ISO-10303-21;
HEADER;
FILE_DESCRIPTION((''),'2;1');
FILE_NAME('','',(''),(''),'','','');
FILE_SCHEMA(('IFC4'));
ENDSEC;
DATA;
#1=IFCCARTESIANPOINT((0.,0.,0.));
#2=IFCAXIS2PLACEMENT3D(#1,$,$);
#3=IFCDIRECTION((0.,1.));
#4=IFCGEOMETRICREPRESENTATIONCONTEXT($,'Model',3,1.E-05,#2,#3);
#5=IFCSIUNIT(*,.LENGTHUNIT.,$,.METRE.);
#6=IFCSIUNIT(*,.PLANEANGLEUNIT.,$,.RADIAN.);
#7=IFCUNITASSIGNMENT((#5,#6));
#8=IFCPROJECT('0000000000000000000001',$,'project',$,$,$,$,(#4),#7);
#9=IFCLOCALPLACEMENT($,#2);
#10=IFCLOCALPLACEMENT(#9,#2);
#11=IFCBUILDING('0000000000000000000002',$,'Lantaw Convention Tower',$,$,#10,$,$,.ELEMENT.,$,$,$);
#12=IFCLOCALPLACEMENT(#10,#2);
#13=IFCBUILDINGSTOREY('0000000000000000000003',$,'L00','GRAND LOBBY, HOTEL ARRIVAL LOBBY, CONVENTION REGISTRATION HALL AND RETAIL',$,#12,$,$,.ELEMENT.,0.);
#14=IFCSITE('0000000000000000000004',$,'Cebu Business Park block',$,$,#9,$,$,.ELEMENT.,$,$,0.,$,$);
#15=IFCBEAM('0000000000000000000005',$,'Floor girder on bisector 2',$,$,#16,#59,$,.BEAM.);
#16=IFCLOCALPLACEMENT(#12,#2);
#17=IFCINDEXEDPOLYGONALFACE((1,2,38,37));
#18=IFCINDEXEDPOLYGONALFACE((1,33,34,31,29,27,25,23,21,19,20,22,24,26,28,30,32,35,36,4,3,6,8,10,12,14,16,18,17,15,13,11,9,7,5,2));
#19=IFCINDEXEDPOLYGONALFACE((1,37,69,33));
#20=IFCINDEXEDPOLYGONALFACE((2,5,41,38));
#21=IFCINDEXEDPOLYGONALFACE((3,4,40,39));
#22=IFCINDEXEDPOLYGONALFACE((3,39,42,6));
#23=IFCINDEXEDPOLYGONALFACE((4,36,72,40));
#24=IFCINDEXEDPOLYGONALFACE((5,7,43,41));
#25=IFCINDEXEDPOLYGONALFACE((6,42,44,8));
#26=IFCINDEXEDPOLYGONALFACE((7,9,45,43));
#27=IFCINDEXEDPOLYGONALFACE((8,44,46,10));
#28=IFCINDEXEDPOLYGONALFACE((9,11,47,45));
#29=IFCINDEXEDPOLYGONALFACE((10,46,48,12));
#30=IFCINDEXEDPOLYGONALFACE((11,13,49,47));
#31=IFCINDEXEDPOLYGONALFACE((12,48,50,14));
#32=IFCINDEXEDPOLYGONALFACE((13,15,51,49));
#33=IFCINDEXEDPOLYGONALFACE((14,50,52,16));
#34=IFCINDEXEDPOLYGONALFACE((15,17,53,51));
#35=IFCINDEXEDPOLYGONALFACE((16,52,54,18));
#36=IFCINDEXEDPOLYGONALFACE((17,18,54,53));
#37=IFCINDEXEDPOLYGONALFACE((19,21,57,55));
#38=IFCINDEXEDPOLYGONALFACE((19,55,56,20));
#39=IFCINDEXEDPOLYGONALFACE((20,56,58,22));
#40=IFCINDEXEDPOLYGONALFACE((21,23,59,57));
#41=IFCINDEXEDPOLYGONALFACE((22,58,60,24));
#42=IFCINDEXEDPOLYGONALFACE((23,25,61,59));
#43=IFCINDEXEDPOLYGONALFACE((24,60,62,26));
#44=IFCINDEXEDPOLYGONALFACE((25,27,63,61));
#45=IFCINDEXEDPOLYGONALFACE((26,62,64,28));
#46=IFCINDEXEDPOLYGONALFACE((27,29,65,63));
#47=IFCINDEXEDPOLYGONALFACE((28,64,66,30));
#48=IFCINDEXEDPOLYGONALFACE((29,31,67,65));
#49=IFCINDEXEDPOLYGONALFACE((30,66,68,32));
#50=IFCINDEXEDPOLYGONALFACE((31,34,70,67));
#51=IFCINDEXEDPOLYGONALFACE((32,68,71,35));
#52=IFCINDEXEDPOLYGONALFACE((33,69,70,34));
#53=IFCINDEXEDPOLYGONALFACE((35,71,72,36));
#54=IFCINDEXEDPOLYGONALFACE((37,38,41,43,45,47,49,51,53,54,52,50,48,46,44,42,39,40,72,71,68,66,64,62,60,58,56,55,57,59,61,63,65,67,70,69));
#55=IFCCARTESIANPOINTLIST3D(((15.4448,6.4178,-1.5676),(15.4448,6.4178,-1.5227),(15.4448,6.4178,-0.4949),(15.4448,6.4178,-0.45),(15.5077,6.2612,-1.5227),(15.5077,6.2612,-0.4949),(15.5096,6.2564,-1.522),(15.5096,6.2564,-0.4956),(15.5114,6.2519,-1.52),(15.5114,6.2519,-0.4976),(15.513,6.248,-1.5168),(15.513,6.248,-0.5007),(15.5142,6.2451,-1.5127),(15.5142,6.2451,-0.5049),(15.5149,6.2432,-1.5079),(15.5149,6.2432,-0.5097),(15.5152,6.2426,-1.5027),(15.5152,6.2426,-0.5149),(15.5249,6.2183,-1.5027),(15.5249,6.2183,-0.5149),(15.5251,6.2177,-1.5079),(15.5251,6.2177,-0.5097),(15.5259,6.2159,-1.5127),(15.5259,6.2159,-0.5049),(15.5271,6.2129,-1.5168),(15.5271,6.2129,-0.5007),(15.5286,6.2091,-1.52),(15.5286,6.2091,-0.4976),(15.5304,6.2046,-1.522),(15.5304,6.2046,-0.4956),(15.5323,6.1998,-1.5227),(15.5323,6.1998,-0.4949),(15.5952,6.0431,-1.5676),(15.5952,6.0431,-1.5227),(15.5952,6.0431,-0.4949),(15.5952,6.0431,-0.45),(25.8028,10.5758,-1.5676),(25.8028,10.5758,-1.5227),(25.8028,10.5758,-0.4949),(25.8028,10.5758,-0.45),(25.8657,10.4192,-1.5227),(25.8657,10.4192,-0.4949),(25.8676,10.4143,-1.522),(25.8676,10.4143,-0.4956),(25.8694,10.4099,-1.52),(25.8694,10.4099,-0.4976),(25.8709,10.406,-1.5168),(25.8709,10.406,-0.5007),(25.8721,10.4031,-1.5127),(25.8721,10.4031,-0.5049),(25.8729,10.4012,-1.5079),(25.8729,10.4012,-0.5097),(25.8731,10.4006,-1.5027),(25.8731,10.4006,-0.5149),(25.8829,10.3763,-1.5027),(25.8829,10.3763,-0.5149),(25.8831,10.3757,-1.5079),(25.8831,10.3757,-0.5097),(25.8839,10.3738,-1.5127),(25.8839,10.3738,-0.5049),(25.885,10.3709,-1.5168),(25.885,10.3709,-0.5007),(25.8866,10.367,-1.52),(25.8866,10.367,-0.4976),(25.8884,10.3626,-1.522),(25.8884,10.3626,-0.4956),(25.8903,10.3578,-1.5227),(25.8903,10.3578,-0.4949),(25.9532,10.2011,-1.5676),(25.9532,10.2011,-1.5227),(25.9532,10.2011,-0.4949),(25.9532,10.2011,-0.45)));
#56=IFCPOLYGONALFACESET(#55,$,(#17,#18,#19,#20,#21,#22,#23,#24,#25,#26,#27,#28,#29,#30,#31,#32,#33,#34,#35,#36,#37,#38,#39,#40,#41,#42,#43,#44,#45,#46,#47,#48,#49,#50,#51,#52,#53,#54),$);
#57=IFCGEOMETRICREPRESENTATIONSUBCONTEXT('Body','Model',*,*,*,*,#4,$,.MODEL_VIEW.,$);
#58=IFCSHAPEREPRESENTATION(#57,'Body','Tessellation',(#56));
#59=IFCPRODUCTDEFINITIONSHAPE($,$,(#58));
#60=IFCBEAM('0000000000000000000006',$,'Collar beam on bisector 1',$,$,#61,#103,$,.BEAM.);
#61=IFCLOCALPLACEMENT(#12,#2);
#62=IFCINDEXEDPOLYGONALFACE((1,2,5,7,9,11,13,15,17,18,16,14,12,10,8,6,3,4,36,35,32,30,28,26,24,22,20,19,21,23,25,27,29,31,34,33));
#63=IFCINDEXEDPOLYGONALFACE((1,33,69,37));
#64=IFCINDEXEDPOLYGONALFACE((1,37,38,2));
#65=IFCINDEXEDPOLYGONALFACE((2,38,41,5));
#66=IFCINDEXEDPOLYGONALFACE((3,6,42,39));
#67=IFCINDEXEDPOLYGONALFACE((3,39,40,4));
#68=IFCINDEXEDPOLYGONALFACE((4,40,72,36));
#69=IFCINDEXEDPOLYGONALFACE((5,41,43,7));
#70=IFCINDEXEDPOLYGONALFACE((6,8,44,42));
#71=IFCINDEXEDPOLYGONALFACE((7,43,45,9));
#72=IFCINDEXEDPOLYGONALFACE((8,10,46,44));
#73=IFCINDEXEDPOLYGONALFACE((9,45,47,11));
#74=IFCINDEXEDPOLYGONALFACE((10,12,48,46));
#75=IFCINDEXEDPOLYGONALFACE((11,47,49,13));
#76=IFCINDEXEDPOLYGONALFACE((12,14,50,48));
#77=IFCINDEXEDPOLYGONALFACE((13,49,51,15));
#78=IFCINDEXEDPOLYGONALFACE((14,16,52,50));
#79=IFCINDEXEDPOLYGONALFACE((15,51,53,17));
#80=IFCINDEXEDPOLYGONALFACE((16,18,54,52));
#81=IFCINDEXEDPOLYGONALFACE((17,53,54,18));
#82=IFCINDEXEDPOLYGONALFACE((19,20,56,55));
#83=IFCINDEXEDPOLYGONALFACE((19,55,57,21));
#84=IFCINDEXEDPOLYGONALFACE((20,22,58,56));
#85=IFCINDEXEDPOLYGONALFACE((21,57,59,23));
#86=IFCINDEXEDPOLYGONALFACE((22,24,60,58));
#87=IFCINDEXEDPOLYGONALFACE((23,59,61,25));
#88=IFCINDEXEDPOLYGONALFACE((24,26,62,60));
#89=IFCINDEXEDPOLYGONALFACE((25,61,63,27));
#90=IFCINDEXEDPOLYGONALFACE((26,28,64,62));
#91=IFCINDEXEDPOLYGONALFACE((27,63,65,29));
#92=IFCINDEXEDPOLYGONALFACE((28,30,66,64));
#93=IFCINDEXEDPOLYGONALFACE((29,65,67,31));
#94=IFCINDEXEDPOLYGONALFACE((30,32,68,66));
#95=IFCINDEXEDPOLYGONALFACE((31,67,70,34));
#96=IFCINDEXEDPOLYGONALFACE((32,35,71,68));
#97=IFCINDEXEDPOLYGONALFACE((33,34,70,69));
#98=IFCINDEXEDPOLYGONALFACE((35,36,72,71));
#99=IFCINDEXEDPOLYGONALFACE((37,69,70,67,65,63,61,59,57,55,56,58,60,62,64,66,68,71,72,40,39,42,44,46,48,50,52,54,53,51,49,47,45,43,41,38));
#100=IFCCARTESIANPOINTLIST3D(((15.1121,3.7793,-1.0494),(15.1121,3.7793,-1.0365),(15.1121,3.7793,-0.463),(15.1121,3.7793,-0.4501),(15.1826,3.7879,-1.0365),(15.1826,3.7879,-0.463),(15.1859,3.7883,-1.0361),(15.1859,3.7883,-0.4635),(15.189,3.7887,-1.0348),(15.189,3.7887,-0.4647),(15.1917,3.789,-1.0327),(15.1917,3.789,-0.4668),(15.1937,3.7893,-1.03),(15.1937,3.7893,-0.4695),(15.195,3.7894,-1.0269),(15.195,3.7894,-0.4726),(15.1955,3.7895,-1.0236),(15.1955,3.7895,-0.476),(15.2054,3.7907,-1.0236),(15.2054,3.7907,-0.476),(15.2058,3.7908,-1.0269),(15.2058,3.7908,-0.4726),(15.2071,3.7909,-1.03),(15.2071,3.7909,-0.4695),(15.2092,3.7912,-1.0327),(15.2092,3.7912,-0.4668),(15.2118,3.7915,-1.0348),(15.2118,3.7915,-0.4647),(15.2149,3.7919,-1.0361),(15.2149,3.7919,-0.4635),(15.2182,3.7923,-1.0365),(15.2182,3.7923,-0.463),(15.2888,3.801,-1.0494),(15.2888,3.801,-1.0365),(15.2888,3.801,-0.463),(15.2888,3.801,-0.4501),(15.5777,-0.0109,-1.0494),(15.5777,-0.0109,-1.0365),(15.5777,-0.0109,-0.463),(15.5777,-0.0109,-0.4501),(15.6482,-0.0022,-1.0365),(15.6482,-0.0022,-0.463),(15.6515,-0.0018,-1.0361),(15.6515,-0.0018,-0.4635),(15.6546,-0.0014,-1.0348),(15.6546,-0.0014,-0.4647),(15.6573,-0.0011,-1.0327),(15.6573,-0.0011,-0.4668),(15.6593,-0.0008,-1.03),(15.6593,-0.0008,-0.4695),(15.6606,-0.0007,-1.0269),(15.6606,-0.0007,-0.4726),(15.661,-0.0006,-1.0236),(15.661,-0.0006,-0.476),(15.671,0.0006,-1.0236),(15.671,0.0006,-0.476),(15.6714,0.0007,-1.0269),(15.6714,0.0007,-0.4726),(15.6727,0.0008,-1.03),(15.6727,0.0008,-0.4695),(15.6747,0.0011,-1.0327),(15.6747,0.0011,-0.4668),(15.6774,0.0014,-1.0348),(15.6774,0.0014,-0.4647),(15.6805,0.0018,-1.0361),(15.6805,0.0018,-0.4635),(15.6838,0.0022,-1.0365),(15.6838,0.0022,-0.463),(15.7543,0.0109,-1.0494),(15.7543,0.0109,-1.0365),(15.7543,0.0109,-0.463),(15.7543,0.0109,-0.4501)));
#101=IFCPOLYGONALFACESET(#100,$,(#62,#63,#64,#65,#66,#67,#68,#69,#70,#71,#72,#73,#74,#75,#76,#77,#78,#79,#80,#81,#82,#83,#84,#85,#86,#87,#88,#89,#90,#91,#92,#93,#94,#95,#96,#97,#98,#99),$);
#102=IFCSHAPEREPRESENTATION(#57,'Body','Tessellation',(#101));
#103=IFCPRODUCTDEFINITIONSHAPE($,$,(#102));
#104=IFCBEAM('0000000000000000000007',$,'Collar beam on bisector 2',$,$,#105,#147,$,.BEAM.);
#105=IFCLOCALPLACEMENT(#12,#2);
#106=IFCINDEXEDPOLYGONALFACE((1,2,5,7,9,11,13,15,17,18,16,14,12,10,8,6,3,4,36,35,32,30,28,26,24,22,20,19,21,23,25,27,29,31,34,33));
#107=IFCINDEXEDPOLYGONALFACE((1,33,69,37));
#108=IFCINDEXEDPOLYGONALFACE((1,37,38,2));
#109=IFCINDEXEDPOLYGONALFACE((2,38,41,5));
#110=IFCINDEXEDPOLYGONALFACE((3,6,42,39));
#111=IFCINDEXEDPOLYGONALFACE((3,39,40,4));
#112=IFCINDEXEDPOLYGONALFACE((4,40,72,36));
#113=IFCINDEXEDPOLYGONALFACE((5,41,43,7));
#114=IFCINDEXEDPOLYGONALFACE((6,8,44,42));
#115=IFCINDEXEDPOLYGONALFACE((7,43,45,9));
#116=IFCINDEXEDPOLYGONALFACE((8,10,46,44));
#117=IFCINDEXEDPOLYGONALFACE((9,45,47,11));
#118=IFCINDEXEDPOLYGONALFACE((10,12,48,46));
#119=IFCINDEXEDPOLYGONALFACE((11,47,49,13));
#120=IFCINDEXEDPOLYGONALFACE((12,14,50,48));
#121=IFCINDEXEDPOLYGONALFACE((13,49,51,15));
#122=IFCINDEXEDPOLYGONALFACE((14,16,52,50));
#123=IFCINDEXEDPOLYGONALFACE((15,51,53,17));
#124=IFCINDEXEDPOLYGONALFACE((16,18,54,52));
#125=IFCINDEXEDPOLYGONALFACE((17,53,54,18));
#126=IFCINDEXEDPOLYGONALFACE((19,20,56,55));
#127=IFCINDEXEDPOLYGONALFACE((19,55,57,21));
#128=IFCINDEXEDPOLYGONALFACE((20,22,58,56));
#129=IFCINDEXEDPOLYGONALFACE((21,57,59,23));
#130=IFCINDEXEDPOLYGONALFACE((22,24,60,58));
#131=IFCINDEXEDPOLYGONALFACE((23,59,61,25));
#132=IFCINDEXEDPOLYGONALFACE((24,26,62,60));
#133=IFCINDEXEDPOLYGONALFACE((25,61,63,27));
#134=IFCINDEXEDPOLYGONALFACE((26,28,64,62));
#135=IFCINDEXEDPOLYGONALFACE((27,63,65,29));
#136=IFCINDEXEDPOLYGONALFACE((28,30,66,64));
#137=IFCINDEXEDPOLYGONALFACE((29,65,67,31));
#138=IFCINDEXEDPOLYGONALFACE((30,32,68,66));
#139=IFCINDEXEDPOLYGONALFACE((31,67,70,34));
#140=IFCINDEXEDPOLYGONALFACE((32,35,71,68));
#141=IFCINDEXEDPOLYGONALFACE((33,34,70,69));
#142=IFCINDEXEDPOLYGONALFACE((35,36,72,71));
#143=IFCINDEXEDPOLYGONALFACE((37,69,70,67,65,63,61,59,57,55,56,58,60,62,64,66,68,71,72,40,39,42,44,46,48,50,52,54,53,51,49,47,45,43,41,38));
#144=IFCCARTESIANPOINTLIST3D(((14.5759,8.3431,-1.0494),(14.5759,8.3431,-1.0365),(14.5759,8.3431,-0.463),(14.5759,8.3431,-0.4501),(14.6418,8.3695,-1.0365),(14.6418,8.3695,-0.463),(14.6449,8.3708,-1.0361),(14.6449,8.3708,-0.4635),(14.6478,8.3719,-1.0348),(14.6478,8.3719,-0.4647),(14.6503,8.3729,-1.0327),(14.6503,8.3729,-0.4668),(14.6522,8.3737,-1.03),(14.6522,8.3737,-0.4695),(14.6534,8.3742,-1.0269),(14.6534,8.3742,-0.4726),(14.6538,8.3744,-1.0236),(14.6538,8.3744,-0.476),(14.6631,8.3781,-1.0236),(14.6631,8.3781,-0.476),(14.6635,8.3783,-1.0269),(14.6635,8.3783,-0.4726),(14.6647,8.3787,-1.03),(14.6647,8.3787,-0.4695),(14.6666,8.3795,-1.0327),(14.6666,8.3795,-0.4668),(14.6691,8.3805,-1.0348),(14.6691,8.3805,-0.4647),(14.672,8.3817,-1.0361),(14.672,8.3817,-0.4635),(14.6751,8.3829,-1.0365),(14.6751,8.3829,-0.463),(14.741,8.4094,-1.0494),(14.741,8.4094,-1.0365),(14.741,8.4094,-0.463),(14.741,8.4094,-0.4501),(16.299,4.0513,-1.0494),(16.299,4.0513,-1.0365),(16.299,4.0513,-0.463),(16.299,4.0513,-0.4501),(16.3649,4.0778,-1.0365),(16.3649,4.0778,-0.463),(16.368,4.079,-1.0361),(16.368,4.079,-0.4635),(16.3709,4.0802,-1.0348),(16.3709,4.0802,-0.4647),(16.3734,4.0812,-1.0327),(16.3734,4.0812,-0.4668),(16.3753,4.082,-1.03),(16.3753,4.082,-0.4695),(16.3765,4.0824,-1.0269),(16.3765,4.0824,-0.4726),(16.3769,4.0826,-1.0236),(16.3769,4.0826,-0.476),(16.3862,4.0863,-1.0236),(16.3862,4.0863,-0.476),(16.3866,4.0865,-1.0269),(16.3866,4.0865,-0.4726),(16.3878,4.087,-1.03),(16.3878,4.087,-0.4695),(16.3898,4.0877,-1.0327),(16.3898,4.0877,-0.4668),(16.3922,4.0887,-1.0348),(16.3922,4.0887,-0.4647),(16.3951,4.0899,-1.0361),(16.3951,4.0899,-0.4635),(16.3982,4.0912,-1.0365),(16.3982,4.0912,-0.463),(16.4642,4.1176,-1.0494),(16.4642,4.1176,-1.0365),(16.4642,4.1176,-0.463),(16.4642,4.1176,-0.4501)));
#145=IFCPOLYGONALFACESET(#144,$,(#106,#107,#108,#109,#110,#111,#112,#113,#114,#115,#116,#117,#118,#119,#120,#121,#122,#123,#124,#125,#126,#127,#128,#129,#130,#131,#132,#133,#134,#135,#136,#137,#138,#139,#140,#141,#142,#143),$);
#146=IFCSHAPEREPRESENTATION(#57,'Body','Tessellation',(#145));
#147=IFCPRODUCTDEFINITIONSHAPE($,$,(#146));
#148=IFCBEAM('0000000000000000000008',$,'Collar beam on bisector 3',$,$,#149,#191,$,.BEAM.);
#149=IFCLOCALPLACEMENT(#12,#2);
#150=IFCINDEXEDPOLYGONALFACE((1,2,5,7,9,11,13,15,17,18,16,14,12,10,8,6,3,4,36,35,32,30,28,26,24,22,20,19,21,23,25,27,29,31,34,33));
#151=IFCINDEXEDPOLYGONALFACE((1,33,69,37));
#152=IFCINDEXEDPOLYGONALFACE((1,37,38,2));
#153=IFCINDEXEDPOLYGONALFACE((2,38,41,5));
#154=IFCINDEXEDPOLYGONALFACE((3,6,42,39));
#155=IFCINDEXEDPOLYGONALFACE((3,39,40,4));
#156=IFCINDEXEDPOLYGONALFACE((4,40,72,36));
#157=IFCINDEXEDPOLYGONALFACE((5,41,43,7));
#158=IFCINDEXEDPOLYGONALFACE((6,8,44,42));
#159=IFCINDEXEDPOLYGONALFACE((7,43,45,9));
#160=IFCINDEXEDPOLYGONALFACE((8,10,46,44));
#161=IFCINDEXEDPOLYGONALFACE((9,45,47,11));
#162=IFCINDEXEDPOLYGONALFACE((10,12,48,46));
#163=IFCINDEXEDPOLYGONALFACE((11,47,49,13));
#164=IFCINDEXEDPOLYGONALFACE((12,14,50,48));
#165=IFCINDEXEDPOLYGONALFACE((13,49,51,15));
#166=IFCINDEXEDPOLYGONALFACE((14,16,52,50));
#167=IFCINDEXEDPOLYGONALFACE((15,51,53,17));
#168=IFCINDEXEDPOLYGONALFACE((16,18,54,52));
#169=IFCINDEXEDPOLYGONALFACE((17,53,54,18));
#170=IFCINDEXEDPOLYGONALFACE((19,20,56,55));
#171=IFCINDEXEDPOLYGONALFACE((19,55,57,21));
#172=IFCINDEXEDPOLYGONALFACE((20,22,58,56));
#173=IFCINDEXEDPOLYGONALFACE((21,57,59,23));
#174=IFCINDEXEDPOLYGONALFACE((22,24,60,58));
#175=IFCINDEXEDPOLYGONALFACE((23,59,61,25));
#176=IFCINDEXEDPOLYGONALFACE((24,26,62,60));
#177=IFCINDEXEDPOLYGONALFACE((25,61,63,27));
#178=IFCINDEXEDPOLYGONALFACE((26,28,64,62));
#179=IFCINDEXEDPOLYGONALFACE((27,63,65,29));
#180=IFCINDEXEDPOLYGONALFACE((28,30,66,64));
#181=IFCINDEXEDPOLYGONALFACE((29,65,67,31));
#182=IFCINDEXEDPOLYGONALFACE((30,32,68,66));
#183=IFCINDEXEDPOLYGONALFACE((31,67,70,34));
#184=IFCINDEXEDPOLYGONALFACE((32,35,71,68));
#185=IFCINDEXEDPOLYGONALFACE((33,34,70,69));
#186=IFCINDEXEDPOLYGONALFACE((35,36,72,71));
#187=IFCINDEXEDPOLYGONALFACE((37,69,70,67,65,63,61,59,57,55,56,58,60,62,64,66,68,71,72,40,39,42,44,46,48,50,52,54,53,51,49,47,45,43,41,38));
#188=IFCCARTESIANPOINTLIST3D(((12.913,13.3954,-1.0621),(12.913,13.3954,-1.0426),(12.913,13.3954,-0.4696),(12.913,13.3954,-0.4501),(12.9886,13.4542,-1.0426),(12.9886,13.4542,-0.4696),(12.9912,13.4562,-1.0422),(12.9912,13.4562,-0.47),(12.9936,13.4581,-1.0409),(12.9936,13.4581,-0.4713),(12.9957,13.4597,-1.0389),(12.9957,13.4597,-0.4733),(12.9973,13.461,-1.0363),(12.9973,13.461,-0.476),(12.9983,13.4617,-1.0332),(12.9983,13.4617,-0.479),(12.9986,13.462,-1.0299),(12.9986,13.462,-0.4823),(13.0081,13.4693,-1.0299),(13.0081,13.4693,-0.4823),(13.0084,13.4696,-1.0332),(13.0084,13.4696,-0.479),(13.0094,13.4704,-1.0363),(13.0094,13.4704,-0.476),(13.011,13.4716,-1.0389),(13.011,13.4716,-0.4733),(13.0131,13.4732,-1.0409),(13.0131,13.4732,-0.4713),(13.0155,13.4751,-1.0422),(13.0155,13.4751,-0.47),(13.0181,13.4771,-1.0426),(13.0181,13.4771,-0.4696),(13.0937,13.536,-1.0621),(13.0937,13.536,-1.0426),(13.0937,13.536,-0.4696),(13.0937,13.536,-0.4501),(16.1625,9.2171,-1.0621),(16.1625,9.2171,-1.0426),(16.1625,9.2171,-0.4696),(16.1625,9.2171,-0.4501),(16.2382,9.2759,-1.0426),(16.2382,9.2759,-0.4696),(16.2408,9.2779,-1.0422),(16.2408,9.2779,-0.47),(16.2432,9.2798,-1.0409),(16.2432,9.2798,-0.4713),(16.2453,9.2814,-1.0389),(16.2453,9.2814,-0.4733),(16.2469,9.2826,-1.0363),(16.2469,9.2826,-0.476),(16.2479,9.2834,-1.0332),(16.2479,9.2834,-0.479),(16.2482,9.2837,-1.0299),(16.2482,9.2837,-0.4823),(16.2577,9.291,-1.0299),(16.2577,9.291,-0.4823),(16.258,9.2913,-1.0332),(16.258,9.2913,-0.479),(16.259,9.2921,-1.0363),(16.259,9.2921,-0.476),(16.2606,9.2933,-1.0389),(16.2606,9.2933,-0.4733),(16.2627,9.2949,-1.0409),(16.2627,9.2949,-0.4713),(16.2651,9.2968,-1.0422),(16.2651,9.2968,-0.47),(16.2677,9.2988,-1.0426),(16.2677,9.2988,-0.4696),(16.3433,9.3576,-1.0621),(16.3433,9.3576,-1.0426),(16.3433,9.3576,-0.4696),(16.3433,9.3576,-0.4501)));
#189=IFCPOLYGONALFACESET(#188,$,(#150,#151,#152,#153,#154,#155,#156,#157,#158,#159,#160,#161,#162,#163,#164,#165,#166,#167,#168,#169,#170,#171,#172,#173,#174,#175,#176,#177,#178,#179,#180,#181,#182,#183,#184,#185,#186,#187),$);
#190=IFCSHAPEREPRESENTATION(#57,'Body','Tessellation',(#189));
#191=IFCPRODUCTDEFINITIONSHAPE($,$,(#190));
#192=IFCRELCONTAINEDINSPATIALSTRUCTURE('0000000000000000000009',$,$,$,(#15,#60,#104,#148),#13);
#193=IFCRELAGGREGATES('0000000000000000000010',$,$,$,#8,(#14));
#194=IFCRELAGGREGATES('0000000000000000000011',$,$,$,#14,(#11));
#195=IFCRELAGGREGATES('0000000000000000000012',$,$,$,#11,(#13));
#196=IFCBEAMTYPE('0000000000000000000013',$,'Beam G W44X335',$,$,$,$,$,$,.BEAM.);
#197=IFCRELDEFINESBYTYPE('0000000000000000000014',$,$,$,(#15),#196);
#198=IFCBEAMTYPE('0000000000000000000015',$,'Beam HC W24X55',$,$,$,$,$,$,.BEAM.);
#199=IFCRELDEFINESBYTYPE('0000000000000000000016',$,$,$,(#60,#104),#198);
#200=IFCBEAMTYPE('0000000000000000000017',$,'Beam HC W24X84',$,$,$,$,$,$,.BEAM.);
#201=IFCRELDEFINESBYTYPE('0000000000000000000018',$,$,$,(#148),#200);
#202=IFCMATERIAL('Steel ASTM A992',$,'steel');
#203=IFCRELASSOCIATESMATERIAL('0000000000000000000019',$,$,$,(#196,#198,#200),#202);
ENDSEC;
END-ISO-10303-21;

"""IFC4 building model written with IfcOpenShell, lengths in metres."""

from ifc_helpers import new_model, si_unit, direction, frame, origin, origin_2d, place, context, subcontext, project, spatial, i_section, extrude, material, material_profile, profile_set, type_object, element, save


model = new_model("IFC4")

# Units and contexts
model_context = context("Model", 3, precision=1e-05, world=origin(), true_north=direction((0.0, 1.0)))
body_context = subcontext(model_context, "Body", "Model", "MODEL_VIEW")
ifc_project = project(units=[si_unit("LENGTHUNIT", "METRE"), si_unit("PLANEANGLEUNIT", "RADIAN")], contexts=[model_context])

# Site, building, storey
site_placement = place(None, origin())
site = spatial("IfcSite", under=ifc_project, at=site_placement, Name="Cebu Business Park block", CompositionType="ELEMENT", RefElevation=0.0)
building_placement = place(site_placement, origin())
building = spatial("IfcBuilding", under=site, at=building_placement, Name="Lantaw Convention Tower", CompositionType="ELEMENT")
storey_placement = place(building_placement, origin())
storey = spatial("IfcBuildingStorey", under=building, at=storey_placement, Name="L00", Description="GRAND LOBBY, HOTEL ARRIVAL LOBBY, CONVENTION REGISTRATION HALL AND RETAIL", CompositionType="ELEMENT", Elevation=0.0)

# Beams
ifc_material_1 = material(Name="Steel ASTM A992", Category="steel")
ifc_material_profile_1 = material_profile(ifc_material_1, i_section(OverallWidth=0.4038, OverallDepth=1.1177, WebThickness=0.0261, FlangeThickness=0.0449, FilletRadius=0.02, at=origin_2d()), Name="W44X335")
ifc_profile_set_1 = profile_set([ifc_material_profile_1], Name="Steel ASTM A992")
beam_type_1 = type_object("IfcBeamType", Name="Beam G W44X335", PredefinedType="BEAM", material=ifc_profile_set_1)
beam_1_placement = place(storey_placement, frame((15.52, 6.2305, -1.0088), z_axis=(0.928019, 0.372533, 0.0), x_axis=(-0.372533, 0.928019, 0.0)))
element("IfcBeam", 1, at=beam_1_placement, inside=storey, type_object=beam_type_1, Name="Floor girder on bisector 2", PredefinedType="BEAM", context=body_context, shape_type="SweptSolid", body=[
    extrude(i_section(OverallWidth=0.4038, OverallDepth=1.1177, WebThickness=0.0261, FlangeThickness=0.0449, FilletRadius=0.02, at=origin_2d()), origin(), (0.0, 0.0, 1.0), 11.1614),
])
ifc_material_profile_2 = material_profile(ifc_material_1, i_section(OverallWidth=0.178, OverallDepth=0.5994, WebThickness=0.01, FlangeThickness=0.0129, FilletRadius=0.0129, at=origin_2d()), Name="W24X55")
ifc_profile_set_2 = profile_set([ifc_material_profile_2], Name="Steel ASTM A992")
beam_type_2 = type_object("IfcBeamType", Name="Beam HC W24X55", PredefinedType="BEAM", material=ifc_profile_set_2)
beam_2_placement = place(storey_placement, frame((15.666, 0.0, -0.7498), z_axis=(-0.121926, 0.992539, 0.0), x_axis=(-0.992539, -0.121926, 0.0)))
element("IfcBeam", 2, at=beam_2_placement, inside=storey, type_object=beam_type_2, Name="Collar beam on bisector 1", PredefinedType="BEAM", context=body_context, shape_type="SweptSolid", body=[
    extrude(i_section(OverallWidth=0.178, OverallDepth=0.5994, WebThickness=0.01, FlangeThickness=0.0129, FilletRadius=0.0129, at=origin_2d()), origin(), (0.0, 0.0, 1.0), 3.8186),
])
beam_3_placement = place(storey_placement, frame((16.3816, 4.0845, -0.7498), z_axis=(-0.372592, 0.927995, 0.0), x_axis=(-0.927995, -0.372592, 0.0)))
element("IfcBeam", 3, at=beam_3_placement, inside=storey, type_object=beam_type_2, Name="Collar beam on bisector 2", PredefinedType="BEAM", context=body_context, shape_type="SweptSolid", body=[
    extrude(i_section(OverallWidth=0.178, OverallDepth=0.5994, WebThickness=0.01, FlangeThickness=0.0129, FilletRadius=0.0129, at=origin_2d()), origin(), (0.0, 0.0, 1.0), 4.6248),
])
ifc_material_profile_3 = material_profile(ifc_material_1, i_section(OverallWidth=0.229, OverallDepth=0.6121, WebThickness=0.012, FlangeThickness=0.0195, FilletRadius=0.0127, at=origin_2d()), Name="W24X84")
ifc_profile_set_3 = profile_set([ifc_material_profile_3], Name="Steel ASTM A992")
beam_type_3 = type_object("IfcBeamType", Name="Beam HC W24X84", PredefinedType="BEAM", material=ifc_profile_set_3)
beam_4_placement = place(storey_placement, frame((16.2529, 9.2874, -0.7561), z_axis=(-0.613915, 0.789372, 0.0), x_axis=(-0.789372, -0.613915, 0.0)))
element("IfcBeam", 4, at=beam_4_placement, inside=storey, type_object=beam_type_3, Name="Collar beam on bisector 3", PredefinedType="BEAM", context=body_context, shape_type="SweptSolid", body=[
    extrude(i_section(OverallWidth=0.229, OverallDepth=0.6121, WebThickness=0.012, FlangeThickness=0.0195, FilletRadius=0.0127, at=origin_2d()), origin(), (0.0, 0.0, 1.0), 5.2932),
])

save(model, "model.ifc")
